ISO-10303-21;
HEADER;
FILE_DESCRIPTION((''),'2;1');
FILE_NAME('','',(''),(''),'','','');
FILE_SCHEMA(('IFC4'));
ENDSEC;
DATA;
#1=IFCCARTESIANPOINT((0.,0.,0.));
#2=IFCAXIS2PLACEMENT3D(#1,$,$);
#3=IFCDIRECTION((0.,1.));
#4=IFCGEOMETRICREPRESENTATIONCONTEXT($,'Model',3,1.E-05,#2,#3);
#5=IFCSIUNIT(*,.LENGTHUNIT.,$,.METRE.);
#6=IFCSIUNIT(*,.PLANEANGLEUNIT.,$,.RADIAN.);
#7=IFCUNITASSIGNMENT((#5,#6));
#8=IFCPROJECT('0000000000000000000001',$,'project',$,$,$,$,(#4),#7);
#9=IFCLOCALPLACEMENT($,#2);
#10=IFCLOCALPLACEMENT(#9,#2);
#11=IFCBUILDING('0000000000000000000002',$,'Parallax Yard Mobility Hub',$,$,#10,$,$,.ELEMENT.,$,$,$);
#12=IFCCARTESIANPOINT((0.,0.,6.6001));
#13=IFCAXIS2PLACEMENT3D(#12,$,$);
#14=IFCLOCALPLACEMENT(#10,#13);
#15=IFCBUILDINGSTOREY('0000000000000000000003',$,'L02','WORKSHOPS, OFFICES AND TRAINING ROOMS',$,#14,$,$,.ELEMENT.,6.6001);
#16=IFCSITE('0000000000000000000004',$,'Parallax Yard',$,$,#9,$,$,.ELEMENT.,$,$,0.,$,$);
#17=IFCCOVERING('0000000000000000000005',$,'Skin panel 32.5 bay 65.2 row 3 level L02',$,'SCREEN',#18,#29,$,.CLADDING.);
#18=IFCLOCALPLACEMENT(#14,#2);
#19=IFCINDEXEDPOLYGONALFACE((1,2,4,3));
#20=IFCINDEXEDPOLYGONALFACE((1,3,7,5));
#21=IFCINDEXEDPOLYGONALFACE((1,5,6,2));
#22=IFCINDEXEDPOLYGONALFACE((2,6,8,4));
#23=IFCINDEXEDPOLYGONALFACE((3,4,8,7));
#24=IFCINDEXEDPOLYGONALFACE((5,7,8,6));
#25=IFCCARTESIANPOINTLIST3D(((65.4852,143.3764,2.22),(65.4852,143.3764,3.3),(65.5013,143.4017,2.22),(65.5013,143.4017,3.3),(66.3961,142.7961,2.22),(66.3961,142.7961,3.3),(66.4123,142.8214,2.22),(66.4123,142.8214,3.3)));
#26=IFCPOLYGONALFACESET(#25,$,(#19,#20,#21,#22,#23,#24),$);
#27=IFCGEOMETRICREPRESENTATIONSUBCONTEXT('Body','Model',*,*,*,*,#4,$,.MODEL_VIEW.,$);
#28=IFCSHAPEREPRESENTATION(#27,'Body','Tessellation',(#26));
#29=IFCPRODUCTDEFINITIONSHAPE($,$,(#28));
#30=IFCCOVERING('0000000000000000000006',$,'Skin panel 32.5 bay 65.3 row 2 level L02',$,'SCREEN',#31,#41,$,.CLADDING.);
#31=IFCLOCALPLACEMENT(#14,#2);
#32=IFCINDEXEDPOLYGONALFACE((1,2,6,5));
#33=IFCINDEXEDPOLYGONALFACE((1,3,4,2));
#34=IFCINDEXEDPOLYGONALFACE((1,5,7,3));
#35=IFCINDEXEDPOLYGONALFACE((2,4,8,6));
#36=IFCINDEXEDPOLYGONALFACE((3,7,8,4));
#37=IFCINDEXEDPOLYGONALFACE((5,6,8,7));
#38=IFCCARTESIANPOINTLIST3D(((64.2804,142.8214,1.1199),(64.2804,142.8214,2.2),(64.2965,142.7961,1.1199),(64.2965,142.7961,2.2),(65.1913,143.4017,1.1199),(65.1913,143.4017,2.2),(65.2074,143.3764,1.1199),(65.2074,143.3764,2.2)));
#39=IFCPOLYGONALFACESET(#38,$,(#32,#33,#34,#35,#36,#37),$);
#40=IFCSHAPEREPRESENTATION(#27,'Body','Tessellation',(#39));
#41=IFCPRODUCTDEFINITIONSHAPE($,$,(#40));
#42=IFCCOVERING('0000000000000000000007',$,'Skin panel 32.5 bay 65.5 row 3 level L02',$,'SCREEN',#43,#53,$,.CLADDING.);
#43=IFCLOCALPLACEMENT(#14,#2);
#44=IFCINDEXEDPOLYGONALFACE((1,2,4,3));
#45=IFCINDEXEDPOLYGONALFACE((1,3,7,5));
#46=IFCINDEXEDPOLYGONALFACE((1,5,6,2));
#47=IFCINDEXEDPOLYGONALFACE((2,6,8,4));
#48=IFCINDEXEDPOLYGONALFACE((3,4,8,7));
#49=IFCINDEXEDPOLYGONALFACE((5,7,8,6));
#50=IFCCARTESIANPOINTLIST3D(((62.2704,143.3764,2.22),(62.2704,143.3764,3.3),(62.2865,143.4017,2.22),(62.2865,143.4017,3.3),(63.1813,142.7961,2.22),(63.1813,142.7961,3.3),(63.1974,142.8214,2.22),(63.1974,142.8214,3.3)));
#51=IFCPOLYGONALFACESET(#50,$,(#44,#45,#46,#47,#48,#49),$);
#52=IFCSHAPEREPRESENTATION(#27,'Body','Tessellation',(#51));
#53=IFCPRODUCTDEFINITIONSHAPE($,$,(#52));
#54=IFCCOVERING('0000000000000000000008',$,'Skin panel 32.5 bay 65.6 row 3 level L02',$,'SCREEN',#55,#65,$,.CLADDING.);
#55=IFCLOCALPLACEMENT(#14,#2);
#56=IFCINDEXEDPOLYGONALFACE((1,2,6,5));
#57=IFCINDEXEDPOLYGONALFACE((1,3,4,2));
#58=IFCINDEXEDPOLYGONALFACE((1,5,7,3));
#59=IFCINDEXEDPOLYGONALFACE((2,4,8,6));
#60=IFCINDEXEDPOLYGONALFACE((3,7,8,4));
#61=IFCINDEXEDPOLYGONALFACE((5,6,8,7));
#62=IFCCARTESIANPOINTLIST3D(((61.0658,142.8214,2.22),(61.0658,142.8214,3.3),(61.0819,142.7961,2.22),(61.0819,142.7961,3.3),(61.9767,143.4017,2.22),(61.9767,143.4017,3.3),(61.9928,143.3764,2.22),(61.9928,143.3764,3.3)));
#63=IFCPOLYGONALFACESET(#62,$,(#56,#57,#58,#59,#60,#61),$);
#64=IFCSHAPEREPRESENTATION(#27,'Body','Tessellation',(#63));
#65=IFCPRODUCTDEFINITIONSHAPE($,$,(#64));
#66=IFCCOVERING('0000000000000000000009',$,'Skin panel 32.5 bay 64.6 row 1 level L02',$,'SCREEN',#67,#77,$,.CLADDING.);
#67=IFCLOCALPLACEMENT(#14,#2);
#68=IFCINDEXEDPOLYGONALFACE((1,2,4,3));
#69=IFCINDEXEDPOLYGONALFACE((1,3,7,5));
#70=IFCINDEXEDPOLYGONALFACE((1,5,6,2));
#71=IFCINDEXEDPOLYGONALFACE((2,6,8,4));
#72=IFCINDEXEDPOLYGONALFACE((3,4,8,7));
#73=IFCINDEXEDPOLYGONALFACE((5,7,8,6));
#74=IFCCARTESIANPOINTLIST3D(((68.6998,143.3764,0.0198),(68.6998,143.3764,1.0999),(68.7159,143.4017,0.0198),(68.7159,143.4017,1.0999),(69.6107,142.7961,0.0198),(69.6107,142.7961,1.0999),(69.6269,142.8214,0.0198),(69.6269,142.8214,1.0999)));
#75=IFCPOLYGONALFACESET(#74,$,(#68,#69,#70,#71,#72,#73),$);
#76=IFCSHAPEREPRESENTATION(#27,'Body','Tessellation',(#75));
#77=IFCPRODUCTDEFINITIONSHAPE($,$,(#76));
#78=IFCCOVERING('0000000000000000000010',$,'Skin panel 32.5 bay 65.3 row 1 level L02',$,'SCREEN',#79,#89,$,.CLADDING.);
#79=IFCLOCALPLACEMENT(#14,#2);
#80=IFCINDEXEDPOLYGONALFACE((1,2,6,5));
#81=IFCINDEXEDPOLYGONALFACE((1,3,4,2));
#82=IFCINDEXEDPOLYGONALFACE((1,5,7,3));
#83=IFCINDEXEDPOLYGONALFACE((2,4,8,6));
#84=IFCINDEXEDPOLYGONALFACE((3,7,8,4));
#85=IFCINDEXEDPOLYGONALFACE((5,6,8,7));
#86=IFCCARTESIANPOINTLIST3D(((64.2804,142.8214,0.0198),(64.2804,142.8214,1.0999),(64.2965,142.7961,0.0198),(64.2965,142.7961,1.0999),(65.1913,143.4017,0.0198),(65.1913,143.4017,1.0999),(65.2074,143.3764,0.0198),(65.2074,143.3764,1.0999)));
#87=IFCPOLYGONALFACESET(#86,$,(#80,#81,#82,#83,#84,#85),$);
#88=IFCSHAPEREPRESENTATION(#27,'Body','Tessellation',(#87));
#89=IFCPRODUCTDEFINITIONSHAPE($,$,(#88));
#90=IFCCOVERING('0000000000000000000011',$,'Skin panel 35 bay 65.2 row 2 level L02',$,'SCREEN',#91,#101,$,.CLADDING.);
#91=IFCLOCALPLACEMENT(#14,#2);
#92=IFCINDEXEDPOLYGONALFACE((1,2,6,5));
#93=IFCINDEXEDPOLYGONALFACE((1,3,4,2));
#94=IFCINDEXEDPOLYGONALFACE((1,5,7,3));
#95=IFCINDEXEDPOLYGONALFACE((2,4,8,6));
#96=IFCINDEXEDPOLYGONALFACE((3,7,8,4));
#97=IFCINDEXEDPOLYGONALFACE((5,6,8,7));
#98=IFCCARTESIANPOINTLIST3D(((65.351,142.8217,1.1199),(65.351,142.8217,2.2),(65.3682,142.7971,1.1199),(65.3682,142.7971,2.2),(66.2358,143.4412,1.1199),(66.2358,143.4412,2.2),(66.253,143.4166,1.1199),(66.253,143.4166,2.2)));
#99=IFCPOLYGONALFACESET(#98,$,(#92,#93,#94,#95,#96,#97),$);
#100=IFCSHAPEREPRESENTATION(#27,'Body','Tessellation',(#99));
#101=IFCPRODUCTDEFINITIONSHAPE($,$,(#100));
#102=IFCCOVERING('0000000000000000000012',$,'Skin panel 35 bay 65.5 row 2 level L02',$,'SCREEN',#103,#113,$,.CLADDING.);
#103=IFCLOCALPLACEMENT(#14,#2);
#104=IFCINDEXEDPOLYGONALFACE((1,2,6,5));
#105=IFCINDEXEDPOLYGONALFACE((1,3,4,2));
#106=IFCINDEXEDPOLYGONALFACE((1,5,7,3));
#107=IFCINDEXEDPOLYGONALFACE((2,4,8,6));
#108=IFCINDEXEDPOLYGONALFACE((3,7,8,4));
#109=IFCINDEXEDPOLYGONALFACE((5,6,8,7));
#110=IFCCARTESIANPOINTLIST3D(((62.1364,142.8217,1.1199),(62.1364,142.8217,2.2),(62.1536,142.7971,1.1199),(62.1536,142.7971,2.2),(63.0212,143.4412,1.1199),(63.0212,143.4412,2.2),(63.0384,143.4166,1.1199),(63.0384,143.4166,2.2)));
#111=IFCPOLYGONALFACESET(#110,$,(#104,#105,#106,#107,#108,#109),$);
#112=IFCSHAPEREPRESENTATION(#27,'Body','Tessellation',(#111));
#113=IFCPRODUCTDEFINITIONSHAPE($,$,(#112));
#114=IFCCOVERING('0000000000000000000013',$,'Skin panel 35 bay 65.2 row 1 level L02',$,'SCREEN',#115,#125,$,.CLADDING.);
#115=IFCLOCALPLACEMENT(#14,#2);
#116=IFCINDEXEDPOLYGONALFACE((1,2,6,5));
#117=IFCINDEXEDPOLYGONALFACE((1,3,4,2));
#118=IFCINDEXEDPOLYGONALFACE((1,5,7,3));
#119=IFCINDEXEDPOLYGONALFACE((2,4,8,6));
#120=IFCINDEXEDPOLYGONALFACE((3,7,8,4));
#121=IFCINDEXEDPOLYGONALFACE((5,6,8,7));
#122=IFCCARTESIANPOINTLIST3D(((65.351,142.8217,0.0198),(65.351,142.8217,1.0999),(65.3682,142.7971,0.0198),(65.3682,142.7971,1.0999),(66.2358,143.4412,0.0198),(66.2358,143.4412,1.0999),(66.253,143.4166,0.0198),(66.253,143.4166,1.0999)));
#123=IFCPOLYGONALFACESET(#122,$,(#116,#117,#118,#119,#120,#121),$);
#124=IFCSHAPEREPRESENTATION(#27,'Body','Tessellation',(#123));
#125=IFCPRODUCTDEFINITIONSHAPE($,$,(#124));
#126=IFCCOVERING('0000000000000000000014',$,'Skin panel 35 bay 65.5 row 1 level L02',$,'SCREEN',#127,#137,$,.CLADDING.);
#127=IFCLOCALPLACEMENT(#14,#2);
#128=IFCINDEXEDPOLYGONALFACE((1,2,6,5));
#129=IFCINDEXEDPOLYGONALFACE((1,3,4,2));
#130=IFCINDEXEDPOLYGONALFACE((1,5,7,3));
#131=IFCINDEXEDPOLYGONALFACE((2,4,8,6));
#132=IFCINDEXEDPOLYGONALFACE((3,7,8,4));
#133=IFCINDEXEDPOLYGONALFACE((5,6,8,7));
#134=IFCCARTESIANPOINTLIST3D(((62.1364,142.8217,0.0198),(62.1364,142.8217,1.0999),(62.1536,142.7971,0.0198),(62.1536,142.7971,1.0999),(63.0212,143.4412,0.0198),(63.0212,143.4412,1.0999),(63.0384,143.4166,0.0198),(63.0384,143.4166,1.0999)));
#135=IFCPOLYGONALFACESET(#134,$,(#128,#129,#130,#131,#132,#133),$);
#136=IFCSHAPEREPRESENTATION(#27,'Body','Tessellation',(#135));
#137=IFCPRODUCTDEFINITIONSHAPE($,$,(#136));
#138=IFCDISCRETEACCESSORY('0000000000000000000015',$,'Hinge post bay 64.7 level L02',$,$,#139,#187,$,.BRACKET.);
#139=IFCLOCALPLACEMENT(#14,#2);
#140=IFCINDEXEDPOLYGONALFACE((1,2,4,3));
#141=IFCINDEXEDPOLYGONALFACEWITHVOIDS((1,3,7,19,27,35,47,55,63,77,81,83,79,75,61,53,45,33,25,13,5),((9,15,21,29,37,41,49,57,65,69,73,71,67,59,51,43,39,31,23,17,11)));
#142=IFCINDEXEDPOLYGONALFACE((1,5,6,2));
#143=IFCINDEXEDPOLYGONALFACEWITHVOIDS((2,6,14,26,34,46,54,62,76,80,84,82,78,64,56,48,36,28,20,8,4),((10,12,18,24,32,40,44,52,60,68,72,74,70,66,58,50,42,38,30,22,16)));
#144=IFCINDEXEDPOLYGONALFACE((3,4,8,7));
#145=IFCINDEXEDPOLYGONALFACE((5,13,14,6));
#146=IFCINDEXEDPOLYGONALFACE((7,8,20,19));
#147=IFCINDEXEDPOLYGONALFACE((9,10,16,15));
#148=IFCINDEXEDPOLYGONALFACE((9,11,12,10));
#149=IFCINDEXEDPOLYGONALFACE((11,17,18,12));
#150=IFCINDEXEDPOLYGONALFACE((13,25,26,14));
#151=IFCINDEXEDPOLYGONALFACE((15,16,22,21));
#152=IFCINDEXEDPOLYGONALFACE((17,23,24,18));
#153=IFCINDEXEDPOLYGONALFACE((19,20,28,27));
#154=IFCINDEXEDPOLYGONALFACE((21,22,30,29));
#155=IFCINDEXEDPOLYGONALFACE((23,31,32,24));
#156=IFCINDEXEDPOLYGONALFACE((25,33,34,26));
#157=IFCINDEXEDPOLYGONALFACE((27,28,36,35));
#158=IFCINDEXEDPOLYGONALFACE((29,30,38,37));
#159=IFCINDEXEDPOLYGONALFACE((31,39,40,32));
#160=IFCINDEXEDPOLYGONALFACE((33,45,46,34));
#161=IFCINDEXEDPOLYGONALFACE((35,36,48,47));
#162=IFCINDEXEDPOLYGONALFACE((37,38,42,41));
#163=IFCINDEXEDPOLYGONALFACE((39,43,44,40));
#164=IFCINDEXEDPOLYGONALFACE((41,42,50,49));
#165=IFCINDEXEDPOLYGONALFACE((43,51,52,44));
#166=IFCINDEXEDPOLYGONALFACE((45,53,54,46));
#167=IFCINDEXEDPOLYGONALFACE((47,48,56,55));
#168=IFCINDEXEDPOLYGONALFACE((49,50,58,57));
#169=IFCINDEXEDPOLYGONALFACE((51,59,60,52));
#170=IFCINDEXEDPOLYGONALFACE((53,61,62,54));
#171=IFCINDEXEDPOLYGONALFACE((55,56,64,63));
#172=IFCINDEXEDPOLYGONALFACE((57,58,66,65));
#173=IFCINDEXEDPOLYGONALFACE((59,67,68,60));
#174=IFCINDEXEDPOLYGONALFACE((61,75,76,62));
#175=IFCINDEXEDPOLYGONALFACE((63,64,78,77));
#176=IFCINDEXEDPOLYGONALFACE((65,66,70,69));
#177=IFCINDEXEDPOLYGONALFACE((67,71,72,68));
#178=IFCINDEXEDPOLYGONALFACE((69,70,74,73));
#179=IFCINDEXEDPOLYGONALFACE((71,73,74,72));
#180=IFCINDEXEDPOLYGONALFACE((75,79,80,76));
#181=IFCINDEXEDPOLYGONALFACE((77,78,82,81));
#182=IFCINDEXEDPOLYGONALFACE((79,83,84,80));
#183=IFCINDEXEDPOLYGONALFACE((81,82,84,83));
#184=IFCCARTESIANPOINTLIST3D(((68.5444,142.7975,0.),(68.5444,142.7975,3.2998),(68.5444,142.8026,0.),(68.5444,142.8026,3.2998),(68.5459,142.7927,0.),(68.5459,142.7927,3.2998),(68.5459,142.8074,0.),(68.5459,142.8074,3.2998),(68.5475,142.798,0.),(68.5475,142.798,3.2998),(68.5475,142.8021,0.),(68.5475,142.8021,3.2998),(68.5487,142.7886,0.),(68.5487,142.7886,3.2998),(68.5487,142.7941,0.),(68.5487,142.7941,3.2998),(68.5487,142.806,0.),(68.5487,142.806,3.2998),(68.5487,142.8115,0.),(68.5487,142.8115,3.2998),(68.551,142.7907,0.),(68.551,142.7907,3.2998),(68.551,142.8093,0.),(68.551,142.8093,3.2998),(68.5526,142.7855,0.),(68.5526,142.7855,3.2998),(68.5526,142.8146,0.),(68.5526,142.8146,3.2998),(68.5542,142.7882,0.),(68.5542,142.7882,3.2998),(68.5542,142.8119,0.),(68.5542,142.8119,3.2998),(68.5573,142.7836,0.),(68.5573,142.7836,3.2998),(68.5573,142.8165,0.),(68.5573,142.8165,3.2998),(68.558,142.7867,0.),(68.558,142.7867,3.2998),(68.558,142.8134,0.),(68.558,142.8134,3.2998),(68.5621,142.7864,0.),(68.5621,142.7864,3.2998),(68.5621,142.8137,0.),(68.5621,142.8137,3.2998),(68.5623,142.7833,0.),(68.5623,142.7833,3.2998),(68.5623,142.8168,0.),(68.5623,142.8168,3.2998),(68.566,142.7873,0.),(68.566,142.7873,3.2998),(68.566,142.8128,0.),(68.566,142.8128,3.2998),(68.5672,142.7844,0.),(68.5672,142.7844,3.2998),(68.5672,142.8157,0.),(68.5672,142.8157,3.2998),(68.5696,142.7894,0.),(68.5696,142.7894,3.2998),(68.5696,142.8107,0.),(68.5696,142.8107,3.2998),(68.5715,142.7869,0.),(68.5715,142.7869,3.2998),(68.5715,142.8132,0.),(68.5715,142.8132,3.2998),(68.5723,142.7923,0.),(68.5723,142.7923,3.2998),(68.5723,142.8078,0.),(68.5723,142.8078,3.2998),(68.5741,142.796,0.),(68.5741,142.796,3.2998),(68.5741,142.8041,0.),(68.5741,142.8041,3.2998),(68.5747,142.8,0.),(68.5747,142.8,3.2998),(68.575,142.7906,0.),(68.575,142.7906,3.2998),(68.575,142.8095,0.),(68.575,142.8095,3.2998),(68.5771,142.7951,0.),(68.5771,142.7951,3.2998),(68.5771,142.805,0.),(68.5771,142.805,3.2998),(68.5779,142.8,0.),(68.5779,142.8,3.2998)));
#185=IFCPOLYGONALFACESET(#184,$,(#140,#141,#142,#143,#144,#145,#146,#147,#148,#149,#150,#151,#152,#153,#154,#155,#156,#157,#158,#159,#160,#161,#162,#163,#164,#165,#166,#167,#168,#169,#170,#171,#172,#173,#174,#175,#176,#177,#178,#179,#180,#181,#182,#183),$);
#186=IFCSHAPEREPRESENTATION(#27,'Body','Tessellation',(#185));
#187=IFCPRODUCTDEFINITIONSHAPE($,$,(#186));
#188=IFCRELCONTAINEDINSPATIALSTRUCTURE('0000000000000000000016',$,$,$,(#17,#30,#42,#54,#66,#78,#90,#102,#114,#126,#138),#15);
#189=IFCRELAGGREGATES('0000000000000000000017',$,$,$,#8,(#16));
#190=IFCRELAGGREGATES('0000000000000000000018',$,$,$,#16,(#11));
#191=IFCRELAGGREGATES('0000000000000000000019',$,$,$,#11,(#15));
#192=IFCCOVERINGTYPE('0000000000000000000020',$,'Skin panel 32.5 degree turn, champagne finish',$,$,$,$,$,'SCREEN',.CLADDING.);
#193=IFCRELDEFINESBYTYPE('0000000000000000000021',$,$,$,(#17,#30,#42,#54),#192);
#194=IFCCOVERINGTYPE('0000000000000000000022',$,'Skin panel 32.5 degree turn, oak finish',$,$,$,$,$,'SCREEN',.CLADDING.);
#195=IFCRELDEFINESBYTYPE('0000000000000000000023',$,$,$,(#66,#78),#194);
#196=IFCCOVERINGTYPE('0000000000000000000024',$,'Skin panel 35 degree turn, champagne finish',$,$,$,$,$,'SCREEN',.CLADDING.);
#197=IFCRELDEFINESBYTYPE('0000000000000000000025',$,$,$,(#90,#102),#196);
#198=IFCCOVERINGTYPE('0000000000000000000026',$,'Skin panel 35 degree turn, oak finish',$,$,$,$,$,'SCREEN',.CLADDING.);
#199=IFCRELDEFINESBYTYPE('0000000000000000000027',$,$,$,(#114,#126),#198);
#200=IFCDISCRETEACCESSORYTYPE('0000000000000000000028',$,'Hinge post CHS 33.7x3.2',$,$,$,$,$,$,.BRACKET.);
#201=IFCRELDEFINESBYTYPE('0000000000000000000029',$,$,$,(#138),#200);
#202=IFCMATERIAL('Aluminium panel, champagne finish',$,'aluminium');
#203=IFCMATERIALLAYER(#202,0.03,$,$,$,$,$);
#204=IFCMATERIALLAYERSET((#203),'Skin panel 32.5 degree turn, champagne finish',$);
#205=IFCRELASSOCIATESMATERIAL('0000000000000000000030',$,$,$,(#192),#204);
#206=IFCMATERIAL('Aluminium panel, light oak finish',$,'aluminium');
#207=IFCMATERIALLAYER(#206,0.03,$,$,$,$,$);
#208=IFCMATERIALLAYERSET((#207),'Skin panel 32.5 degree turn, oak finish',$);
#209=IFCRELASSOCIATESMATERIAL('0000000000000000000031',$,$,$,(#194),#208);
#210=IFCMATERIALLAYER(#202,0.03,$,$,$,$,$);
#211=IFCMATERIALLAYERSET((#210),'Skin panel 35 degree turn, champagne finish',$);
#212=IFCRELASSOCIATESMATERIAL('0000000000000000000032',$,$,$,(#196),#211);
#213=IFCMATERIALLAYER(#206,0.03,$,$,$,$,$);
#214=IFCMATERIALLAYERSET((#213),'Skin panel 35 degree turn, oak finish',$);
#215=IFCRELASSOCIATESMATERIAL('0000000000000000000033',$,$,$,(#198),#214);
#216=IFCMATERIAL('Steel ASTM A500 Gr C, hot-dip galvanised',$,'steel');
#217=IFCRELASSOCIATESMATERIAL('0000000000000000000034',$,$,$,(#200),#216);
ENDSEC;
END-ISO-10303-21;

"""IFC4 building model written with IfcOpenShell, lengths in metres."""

from ifc_helpers import new_model, si_unit, direction, frame, origin, origin_2d, place, context, subcontext, project, spatial, rectangle, hollow_circle, extrude, material, layer, layer_set, material_profile, profile_set, type_object, element, save


model = new_model("IFC4")

# Units and contexts
model_context = context("Model", 3, precision=1e-05, world=origin(), true_north=direction((0.0, 1.0)))
body_context = subcontext(model_context, "Body", "Model", "MODEL_VIEW")
ifc_project = project(units=[si_unit("LENGTHUNIT", "METRE"), si_unit("PLANEANGLEUNIT", "RADIAN")], contexts=[model_context])

# Site, building, storey
site_placement = place(None, origin())
site = spatial("IfcSite", under=ifc_project, at=site_placement, Name="Parallax Yard", CompositionType="ELEMENT", RefElevation=0.0)
building_placement = place(site_placement, origin())
building = spatial("IfcBuilding", under=site, at=building_placement, Name="Parallax Yard Mobility Hub", CompositionType="ELEMENT")
storey_placement = place(building_placement, frame((0.0, 0.0, 6.6001)))
storey = spatial("IfcBuildingStorey", under=building, at=storey_placement, Name="L02", Description="WORKSHOPS, OFFICES AND TRAINING ROOMS", CompositionType="ELEMENT", Elevation=6.6001)

# Coverings
ifc_material_1 = material(Name="Aluminium panel, champagne finish", Category="aluminium")
ifc_material_2 = material(Name="Aluminium panel, light oak finish", Category="aluminium")
ifc_layer_1 = layer(ifc_material_1, 0.03)
ifc_layer_set_1 = layer_set([ifc_layer_1], Name="Skin panel 32.5 degree turn, champagne finish")
covering_type_1 = type_object("IfcCoveringType", Name="Skin panel 32.5 degree turn, champagne finish", ElementType="SCREEN", PredefinedType="CLADDING", material=ifc_layer_set_1)
for number, where, z_axis, x_axis, name in (
    (1, (65.9487, 143.0989, 2.22), (0.0, 0.0, 1.0), (-0.843391, 0.5373, 0.0), "Skin panel 32.5 bay 65.2 row 3 level L02"),
    (2, (64.7439, 143.0989, 1.1199), (0.0, 0.0, 1.0), (0.843391, 0.5373, 0.0), "Skin panel 32.5 bay 65.3 row 2 level L02"),
    (3, (62.7339, 143.0989, 2.22), (0.0, 0.0, 1.0), (-0.843391, 0.5373, 0.0), "Skin panel 32.5 bay 65.5 row 3 level L02"),
    (4, (61.5293, 143.0989, 2.22), (0.0, 0.0, 1.0), (0.843391, 0.5373, 0.0), "Skin panel 32.5 bay 65.6 row 3 level L02"),
):
    element("IfcCovering", number, at=place(storey_placement, frame(where, z_axis=z_axis, x_axis=x_axis)), inside=storey, type_object=covering_type_1, Name=name, ObjectType="SCREEN", PredefinedType="CLADDING", context=body_context, shape_type="SweptSolid", body=[
        extrude(rectangle(XDim=1.0801, YDim=0.03, at=origin_2d()), origin(), (0.0, 0.0, 1.0), 1.0801),
    ])
ifc_layer_2 = layer(ifc_material_2, 0.03)
ifc_layer_set_2 = layer_set([ifc_layer_2], Name="Skin panel 32.5 degree turn, oak finish")
covering_type_2 = type_object("IfcCoveringType", Name="Skin panel 32.5 degree turn, oak finish", ElementType="SCREEN", PredefinedType="CLADDING", material=ifc_layer_set_2)
for number, where, z_axis, x_axis, name in (
    (5, (69.1633, 143.0989, 0.0198), (0.0, 0.0, 1.0), (-0.843391, 0.5373, 0.0), "Skin panel 32.5 bay 64.6 row 1 level L02"),
    (6, (64.7439, 143.0989, 0.0198), (0.0, 0.0, 1.0), (0.843391, 0.5373, 0.0), "Skin panel 32.5 bay 65.3 row 1 level L02"),
):
    element("IfcCovering", number, at=place(storey_placement, frame(where, z_axis=z_axis, x_axis=x_axis)), inside=storey, type_object=covering_type_2, Name=name, ObjectType="SCREEN", PredefinedType="CLADDING", context=body_context, shape_type="SweptSolid", body=[
        extrude(rectangle(XDim=1.0801, YDim=0.03, at=origin_2d()), origin(), (0.0, 0.0, 1.0), 1.0801),
    ])
ifc_layer_3 = layer(ifc_material_1, 0.03)
ifc_layer_set_3 = layer_set([ifc_layer_3], Name="Skin panel 35 degree turn, champagne finish")
covering_type_3 = type_object("IfcCoveringType", Name="Skin panel 35 degree turn, champagne finish", ElementType="SCREEN", PredefinedType="CLADDING", material=ifc_layer_set_3)
for number, where, z_axis, x_axis, name in (
    (7, (65.802, 143.1191, 1.1199), (0.0, 0.0, 1.0), (0.819152, 0.573576, 0.0), "Skin panel 35 bay 65.2 row 2 level L02"),
    (8, (62.5874, 143.1191, 1.1199), (0.0, 0.0, 1.0), (0.819152, 0.573576, 0.0), "Skin panel 35 bay 65.5 row 2 level L02"),
):
    element("IfcCovering", number, at=place(storey_placement, frame(where, z_axis=z_axis, x_axis=x_axis)), inside=storey, type_object=covering_type_3, Name=name, ObjectType="SCREEN", PredefinedType="CLADDING", context=body_context, shape_type="SweptSolid", body=[
        extrude(rectangle(XDim=1.0801, YDim=0.03, at=origin_2d()), origin(), (0.0, 0.0, 1.0), 1.0801),
    ])
ifc_layer_4 = layer(ifc_material_2, 0.03)
ifc_layer_set_4 = layer_set([ifc_layer_4], Name="Skin panel 35 degree turn, oak finish")
covering_type_4 = type_object("IfcCoveringType", Name="Skin panel 35 degree turn, oak finish", ElementType="SCREEN", PredefinedType="CLADDING", material=ifc_layer_set_4)
for number, where, z_axis, x_axis, name in (
    (9, (65.802, 143.1191, 0.0198), (0.0, 0.0, 1.0), (0.819152, 0.573576, 0.0), "Skin panel 35 bay 65.2 row 1 level L02"),
    (10, (62.5874, 143.1191, 0.0198), (0.0, 0.0, 1.0), (0.819152, 0.573576, 0.0), "Skin panel 35 bay 65.5 row 1 level L02"),
):
    element("IfcCovering", number, at=place(storey_placement, frame(where, z_axis=z_axis, x_axis=x_axis)), inside=storey, type_object=covering_type_4, Name=name, ObjectType="SCREEN", PredefinedType="CLADDING", context=body_context, shape_type="SweptSolid", body=[
        extrude(rectangle(XDim=1.0801, YDim=0.03, at=origin_2d()), origin(), (0.0, 0.0, 1.0), 1.0801),
    ])

# Discrete accessory
ifc_material_3 = material(Name="Steel ASTM A500 Gr C, hot-dip galvanised", Category="steel")
ifc_material_profile = material_profile(ifc_material_3, hollow_circle(Radius=0.0168, WallThickness=0.0032, at=origin_2d()), Name="CHS 33.7x3.2")
ifc_profile_set = profile_set([ifc_material_profile], Name="Steel ASTM A500 Gr C, hot-dip galvanised")
discrete_accessory_type = type_object("IfcDiscreteAccessoryType", Name="Hinge post CHS 33.7x3.2", PredefinedType="BRACKET", material=ifc_profile_set)
for number, where, z_axis, x_axis, name in (
    (11, (68.561, 142.8, 0.0), (0.0, 0.0, 1.0), (1.0, 0.0, 0.0), "Hinge post bay 64.7 level L02"),
):
    element("IfcDiscreteAccessory", number, at=place(storey_placement, frame(where, z_axis=z_axis, x_axis=x_axis)), inside=storey, type_object=discrete_accessory_type, Name=name, PredefinedType="BRACKET", context=body_context, shape_type="SweptSolid", body=[
        extrude(hollow_circle(Radius=0.0168, WallThickness=0.0032, at=origin_2d()), origin(), (0.0, 0.0, 1.0), 3.2998),
    ])

save(model, "model.ifc")
